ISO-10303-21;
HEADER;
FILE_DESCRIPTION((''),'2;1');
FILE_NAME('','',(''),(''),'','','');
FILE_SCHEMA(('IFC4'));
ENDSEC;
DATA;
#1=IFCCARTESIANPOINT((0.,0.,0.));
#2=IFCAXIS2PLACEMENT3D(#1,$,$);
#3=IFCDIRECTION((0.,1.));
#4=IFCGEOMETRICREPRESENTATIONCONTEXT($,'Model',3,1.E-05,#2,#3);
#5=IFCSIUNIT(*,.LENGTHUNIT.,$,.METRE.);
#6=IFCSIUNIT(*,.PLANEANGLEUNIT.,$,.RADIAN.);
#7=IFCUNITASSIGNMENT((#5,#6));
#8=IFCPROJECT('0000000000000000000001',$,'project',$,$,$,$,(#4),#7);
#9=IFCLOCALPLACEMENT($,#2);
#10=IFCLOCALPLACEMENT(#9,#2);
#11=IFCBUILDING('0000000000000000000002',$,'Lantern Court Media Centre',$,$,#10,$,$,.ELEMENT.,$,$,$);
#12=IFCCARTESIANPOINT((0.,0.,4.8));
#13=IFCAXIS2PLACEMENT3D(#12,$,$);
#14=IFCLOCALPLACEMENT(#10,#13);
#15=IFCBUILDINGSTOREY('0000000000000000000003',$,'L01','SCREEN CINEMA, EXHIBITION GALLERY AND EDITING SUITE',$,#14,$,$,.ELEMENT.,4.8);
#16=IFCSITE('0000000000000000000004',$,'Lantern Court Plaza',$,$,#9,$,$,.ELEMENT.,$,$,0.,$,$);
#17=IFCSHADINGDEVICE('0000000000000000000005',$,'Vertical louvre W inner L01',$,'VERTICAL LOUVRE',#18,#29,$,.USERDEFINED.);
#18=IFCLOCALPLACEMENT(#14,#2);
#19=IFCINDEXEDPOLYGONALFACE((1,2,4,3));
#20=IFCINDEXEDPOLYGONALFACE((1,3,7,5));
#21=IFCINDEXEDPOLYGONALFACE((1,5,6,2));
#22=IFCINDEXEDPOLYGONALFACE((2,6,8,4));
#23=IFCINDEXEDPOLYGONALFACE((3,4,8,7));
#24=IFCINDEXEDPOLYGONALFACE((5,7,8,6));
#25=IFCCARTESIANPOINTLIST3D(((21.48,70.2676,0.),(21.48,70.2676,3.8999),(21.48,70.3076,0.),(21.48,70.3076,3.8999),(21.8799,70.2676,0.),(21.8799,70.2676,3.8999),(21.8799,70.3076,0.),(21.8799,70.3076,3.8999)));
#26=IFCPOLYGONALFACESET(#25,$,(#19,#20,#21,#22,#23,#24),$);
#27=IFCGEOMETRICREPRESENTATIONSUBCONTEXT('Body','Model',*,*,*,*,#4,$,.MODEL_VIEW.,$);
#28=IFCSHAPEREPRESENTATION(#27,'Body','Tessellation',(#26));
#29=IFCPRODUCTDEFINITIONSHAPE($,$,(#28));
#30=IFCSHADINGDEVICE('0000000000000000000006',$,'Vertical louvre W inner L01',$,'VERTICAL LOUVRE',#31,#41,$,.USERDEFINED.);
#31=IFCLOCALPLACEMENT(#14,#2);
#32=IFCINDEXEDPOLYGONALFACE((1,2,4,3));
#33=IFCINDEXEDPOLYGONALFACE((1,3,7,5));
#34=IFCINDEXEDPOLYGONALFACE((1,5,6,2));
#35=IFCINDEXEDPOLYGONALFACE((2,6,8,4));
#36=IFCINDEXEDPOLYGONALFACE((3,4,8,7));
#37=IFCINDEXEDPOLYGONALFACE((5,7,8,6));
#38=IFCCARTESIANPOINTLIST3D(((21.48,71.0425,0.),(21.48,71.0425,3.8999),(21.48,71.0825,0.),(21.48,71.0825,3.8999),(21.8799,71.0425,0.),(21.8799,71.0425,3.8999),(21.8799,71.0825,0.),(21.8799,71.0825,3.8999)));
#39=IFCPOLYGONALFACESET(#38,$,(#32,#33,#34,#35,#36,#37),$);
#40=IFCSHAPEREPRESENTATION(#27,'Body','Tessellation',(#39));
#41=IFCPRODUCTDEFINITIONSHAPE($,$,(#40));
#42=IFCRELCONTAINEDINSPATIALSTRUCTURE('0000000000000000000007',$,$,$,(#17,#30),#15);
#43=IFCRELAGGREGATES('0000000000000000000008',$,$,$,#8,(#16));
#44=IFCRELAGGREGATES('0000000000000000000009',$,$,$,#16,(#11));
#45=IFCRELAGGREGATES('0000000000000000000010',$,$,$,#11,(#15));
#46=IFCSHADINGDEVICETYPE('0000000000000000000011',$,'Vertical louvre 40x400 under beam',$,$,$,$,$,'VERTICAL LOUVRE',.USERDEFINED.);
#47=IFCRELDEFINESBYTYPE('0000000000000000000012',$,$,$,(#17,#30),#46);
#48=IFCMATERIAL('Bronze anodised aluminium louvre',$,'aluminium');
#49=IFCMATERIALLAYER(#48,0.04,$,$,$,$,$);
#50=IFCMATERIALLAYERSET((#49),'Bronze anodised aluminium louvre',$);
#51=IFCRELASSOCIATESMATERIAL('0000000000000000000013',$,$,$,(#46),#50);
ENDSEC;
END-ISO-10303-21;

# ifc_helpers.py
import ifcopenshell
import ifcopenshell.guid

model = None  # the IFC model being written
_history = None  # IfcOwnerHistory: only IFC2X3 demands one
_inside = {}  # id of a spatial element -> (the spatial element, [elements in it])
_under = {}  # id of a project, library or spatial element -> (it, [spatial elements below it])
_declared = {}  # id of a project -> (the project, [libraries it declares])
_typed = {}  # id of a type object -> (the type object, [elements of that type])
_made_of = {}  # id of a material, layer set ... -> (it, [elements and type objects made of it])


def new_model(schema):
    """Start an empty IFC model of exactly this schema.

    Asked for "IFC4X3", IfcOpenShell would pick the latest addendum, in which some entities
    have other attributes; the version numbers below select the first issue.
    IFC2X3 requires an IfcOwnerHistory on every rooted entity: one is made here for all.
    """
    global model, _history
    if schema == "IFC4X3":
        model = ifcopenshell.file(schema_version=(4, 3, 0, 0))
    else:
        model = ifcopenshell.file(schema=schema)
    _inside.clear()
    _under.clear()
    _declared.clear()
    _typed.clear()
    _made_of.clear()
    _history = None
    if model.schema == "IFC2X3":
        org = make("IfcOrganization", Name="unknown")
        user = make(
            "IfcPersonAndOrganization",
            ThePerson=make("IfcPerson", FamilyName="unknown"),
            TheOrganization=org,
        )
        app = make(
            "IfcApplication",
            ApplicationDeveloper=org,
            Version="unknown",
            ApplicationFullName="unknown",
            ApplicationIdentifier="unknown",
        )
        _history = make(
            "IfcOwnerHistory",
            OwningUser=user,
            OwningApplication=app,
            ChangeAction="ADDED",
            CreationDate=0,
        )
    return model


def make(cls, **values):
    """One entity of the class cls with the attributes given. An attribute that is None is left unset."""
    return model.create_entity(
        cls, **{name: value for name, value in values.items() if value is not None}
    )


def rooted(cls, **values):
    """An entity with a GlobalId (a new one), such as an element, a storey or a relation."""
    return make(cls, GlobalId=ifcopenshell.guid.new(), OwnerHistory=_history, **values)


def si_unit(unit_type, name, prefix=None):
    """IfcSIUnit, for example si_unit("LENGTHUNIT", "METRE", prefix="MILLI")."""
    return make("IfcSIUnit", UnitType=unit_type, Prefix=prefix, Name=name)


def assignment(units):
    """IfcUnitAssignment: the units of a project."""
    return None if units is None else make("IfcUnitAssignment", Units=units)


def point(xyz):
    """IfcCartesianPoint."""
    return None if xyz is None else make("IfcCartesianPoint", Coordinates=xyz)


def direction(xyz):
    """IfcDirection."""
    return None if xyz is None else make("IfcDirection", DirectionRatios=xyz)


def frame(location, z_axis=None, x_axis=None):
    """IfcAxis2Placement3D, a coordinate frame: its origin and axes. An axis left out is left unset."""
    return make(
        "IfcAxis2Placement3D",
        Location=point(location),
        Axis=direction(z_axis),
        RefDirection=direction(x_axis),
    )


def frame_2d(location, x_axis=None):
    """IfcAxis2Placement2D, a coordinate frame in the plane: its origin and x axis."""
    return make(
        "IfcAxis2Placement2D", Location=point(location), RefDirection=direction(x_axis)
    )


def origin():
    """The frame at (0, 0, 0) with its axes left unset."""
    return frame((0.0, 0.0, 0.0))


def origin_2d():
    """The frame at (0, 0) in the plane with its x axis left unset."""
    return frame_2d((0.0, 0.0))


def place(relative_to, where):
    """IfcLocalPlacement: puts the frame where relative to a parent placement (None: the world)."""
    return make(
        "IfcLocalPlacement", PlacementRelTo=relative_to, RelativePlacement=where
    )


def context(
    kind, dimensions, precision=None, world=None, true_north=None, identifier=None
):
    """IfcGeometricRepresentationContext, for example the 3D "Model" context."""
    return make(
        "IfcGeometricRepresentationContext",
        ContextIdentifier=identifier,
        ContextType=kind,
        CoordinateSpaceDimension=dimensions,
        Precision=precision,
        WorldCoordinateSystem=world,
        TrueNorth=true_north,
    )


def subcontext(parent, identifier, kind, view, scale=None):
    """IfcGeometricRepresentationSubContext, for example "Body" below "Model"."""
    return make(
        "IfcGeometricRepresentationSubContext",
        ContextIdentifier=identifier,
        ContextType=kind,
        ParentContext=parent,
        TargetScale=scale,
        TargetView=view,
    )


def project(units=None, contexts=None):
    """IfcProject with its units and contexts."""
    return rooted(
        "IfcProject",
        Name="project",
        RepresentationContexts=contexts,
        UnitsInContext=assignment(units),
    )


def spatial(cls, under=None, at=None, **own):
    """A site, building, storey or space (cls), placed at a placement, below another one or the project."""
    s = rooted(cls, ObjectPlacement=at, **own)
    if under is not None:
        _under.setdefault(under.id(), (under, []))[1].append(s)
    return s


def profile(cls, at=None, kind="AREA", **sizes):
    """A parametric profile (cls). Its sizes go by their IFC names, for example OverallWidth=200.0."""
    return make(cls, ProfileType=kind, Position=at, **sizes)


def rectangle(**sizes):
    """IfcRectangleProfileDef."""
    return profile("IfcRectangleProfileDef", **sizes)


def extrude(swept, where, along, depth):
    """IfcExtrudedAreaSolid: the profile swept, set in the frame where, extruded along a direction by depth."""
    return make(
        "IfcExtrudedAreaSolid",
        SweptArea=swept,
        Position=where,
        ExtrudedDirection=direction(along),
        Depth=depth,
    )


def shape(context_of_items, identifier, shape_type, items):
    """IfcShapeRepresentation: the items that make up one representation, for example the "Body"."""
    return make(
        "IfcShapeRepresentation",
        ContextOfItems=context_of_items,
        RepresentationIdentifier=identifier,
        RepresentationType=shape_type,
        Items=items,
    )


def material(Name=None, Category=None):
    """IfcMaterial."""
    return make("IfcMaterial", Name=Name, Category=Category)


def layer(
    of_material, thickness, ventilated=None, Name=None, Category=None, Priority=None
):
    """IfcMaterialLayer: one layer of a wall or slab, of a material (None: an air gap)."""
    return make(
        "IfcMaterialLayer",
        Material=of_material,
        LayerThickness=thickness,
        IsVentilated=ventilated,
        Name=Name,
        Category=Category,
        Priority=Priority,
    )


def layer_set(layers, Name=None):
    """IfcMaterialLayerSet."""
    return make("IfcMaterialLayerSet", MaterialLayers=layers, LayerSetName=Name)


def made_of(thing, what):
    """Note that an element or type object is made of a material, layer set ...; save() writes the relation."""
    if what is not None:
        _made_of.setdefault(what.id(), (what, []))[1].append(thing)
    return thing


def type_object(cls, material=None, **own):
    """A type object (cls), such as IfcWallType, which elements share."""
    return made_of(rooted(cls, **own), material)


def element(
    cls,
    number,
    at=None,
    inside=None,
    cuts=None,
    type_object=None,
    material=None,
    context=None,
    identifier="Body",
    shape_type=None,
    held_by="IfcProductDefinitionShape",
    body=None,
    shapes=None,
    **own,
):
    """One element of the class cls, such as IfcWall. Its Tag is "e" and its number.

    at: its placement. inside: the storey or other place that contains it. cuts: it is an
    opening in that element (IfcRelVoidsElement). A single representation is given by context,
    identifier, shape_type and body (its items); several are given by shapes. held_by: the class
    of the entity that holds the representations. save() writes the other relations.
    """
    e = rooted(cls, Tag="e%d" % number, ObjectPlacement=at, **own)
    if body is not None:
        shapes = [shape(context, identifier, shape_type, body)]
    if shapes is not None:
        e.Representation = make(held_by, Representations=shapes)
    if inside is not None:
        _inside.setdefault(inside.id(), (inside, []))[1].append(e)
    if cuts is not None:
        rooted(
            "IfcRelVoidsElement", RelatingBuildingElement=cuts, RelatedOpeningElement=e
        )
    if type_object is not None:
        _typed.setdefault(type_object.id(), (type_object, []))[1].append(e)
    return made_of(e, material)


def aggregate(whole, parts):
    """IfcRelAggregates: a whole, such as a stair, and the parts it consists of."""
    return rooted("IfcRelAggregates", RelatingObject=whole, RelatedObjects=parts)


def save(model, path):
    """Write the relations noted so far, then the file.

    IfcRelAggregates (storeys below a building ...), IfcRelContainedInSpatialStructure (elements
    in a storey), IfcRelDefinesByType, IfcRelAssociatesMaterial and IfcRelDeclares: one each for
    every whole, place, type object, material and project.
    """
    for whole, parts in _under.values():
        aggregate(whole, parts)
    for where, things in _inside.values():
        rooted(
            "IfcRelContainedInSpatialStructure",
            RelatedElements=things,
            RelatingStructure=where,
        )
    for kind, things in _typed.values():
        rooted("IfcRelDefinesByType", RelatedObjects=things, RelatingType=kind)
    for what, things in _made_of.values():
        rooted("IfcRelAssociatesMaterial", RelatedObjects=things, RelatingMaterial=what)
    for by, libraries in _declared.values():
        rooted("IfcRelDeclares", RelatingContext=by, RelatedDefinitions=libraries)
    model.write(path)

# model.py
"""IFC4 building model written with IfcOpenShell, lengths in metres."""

from ifc_helpers import new_model, si_unit, direction, frame, origin, origin_2d, place, context, subcontext, project, spatial, rectangle, extrude, material, layer, layer_set, type_object, element, save


model = new_model("IFC4")

# Units and contexts
model_context = context("Model", 3, precision=1e-05, world=origin(), true_north=direction((0.0, 1.0)))
body_context = subcontext(model_context, "Body", "Model", "MODEL_VIEW")
ifc_project = project(units=[si_unit("LENGTHUNIT", "METRE"), si_unit("PLANEANGLEUNIT", "RADIAN")], contexts=[model_context])

# Site, building, storey
site_placement = place(None, origin())
site = spatial("IfcSite", under=ifc_project, at=site_placement, Name="Lantern Court Plaza", CompositionType="ELEMENT", RefElevation=0.0)
building_placement = place(site_placement, origin())
building = spatial("IfcBuilding", under=site, at=building_placement, Name="Lantern Court Media Centre", CompositionType="ELEMENT")
storey_placement = place(building_placement, frame((0.0, 0.0, 4.8)))
storey = spatial("IfcBuildingStorey", under=building, at=storey_placement, Name="L01", Description="SCREEN CINEMA, EXHIBITION GALLERY AND EDITING SUITE", CompositionType="ELEMENT", Elevation=4.8)

# Shading devices
ifc_material_1 = material(Name="Bronze anodised aluminium louvre", Category="aluminium")
ifc_layer_1 = layer(ifc_material_1, 0.04)
ifc_layer_set_1 = layer_set([ifc_layer_1], Name="Bronze anodised aluminium louvre")
shading_device_type = type_object("IfcShadingDeviceType", Name="Vertical louvre 40x400 under beam", ElementType="VERTICAL LOUVRE", PredefinedType="USERDEFINED", material=ifc_layer_set_1)
for number, where, z_axis, x_axis, name in (
    (1, (21.6799, 70.2876, 0.0), (0.0, 0.0, 1.0), (1.0, 0.0, 0.0), "Vertical louvre W inner L01"),
    (2, (21.6799, 71.0625, 0.0), (0.0, 0.0, 1.0), (1.0, 0.0, 0.0), "Vertical louvre W inner L01"),
):
    element("IfcShadingDevice", number, at=place(storey_placement, frame(where, z_axis=z_axis, x_axis=x_axis)), inside=storey, type_object=shading_device_type, Name=name, ObjectType="VERTICAL LOUVRE", PredefinedType="USERDEFINED", context=body_context, shape_type="SweptSolid", body=[
        extrude(rectangle(XDim=0.3999, YDim=0.04, at=origin_2d()), origin(), (0.0, 0.0, 1.0), 3.8999),
    ])

save(model, "model.ifc")
